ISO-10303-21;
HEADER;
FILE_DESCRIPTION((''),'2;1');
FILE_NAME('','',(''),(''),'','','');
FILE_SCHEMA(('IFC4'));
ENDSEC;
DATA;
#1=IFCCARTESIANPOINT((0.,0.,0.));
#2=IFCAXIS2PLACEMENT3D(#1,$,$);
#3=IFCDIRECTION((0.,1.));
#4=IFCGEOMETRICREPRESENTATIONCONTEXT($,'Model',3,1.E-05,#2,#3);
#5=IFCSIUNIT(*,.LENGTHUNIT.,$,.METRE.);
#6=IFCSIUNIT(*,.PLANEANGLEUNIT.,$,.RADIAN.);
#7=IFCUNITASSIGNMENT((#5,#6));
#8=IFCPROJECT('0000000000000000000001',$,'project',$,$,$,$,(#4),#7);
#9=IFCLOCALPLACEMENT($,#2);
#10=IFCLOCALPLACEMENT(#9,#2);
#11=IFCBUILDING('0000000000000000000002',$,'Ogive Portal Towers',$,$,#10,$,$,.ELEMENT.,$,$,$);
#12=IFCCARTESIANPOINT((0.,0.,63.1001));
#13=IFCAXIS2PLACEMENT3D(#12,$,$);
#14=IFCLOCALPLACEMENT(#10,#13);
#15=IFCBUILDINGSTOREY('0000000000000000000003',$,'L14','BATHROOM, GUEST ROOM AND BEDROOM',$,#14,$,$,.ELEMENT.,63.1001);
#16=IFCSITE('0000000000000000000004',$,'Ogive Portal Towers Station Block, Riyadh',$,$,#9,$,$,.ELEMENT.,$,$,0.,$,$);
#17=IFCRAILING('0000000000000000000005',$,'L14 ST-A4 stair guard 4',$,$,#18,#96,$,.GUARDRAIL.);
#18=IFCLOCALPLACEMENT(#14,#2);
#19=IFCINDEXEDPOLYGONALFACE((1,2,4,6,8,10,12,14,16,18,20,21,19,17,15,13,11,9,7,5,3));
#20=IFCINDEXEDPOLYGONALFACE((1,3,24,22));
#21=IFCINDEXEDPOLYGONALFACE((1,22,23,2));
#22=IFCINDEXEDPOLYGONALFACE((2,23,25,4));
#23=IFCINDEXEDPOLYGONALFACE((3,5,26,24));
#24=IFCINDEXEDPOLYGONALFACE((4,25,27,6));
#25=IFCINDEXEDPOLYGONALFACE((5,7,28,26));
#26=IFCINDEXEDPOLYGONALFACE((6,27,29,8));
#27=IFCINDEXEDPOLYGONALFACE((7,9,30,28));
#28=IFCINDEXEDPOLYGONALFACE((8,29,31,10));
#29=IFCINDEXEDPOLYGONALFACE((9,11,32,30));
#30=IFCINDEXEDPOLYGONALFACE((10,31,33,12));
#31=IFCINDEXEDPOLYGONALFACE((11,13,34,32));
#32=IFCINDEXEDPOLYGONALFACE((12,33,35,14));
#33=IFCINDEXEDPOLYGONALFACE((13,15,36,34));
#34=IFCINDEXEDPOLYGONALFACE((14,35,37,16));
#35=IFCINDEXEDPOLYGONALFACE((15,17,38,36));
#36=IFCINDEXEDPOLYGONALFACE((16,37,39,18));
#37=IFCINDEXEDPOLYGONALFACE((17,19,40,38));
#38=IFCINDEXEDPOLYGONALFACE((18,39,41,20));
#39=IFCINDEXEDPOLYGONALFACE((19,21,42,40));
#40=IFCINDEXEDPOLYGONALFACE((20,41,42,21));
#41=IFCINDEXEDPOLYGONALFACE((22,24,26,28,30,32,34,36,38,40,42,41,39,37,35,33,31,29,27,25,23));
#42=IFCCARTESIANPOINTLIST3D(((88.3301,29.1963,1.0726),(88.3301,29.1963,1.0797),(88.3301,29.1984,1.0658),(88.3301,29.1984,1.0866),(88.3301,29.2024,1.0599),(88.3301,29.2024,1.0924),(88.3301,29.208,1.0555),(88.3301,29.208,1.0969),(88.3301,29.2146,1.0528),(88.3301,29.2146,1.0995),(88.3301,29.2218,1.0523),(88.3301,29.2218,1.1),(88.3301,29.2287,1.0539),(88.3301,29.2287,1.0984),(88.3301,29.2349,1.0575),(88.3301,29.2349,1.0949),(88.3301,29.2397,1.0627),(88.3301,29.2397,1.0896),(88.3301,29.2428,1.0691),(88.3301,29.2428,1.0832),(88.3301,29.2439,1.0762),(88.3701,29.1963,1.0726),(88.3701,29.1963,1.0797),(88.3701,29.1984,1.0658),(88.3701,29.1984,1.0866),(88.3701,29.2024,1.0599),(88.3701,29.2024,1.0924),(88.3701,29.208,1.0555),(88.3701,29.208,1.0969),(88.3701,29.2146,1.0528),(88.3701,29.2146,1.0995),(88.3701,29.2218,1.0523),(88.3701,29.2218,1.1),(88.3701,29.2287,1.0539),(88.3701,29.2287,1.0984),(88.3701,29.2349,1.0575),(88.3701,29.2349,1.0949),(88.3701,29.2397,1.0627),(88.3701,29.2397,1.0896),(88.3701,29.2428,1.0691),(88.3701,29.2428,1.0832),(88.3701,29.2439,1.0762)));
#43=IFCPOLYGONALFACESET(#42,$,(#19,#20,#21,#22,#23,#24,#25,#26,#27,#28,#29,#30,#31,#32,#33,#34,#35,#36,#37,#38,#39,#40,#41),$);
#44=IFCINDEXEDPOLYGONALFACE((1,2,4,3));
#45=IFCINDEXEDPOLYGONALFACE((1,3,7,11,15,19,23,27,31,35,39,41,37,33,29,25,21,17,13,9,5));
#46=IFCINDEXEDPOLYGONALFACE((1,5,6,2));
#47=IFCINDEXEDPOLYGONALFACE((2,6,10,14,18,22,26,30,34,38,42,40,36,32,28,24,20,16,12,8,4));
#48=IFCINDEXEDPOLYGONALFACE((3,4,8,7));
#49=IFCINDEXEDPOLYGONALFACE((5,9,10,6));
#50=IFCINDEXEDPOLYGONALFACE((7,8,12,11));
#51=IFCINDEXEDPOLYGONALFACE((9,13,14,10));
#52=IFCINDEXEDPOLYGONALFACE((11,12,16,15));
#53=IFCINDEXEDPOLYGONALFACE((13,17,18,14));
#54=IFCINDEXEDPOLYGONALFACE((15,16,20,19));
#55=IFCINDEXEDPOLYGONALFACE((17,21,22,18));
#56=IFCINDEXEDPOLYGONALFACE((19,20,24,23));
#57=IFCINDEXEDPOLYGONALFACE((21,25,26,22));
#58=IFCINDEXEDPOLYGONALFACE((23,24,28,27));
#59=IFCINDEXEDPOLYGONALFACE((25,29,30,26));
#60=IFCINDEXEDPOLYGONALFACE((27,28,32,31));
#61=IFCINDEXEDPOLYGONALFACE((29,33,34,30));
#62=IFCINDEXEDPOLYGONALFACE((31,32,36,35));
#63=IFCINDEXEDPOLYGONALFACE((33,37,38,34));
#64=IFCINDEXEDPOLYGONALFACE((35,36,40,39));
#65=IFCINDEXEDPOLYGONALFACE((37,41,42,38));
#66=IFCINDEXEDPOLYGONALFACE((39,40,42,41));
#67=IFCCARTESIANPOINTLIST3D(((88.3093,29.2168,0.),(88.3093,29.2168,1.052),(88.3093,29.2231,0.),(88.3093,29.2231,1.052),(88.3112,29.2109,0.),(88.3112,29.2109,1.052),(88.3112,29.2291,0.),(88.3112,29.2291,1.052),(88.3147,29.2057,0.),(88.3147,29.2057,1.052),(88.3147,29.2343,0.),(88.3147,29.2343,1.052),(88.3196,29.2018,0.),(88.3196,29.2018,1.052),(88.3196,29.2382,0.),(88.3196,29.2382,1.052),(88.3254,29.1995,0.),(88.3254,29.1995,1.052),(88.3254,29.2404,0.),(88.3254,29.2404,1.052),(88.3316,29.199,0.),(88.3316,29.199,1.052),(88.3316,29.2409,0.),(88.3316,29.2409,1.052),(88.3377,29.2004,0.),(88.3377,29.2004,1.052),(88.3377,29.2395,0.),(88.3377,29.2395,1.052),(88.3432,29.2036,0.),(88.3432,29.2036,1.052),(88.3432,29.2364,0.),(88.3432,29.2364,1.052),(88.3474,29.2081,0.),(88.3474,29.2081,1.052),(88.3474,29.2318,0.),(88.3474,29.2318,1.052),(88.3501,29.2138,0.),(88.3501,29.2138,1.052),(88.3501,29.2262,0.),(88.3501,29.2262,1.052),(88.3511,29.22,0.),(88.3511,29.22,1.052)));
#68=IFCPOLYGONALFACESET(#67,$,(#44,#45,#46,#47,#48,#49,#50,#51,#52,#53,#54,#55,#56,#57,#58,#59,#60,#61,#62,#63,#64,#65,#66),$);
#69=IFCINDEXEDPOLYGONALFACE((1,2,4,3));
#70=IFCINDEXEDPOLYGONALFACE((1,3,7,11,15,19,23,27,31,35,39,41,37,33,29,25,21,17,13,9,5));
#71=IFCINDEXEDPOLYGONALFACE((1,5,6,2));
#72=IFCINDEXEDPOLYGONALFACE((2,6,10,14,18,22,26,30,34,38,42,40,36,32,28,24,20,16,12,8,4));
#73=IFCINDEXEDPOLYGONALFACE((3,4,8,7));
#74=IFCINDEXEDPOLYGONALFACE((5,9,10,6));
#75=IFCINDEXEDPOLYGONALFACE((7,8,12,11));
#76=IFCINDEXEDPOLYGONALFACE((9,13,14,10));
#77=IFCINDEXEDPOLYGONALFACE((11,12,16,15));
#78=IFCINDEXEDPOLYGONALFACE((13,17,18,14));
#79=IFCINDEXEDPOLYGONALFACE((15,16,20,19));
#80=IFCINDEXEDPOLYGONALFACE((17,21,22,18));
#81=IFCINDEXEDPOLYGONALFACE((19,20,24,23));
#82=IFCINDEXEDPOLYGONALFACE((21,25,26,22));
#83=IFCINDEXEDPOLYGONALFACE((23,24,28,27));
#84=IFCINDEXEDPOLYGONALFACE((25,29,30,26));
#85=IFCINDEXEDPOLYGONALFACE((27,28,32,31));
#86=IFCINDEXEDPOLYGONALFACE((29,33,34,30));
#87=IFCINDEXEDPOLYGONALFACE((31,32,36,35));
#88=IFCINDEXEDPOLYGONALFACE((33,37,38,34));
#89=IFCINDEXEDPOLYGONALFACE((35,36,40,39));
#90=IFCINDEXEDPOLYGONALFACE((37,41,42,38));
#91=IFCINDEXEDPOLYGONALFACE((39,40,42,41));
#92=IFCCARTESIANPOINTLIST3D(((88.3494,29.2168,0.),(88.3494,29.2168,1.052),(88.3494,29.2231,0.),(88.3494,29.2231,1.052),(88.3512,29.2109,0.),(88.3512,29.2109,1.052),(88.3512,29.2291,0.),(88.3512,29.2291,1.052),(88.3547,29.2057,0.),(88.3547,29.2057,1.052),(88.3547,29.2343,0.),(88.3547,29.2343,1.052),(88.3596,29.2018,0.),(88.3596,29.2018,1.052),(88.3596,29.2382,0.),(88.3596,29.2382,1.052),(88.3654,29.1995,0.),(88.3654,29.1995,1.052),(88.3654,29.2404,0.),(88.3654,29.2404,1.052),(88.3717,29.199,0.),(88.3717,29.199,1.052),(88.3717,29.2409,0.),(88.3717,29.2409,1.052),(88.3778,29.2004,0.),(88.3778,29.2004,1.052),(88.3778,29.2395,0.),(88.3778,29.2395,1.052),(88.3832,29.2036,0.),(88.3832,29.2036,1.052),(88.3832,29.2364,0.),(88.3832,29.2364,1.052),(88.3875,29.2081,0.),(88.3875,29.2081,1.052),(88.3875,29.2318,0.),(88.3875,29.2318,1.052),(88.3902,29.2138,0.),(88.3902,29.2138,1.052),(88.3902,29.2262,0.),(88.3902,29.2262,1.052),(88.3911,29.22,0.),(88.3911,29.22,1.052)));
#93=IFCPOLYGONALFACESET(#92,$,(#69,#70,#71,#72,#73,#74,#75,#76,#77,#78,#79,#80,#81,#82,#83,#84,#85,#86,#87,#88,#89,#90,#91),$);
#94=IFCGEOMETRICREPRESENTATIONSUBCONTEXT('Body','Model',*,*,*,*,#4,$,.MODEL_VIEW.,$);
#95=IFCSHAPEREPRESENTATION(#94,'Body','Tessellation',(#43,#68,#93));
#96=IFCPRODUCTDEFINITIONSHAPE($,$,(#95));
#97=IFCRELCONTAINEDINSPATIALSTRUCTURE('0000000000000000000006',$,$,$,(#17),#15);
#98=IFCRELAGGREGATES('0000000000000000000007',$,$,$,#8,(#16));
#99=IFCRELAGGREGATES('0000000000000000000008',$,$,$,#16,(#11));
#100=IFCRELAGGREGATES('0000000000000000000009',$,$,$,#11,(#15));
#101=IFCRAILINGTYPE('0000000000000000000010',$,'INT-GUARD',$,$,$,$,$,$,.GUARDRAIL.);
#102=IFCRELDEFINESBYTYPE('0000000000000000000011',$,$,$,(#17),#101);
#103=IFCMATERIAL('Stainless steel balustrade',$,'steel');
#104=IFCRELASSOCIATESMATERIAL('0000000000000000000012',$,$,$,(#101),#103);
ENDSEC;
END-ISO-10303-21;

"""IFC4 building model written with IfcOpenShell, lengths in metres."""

from ifc_helpers import new_model, si_unit, direction, frame, origin, origin_2d, place, context, subcontext, project, spatial, circle, extrude, material, type_object, element, save


model = new_model("IFC4")

# Units and contexts
model_context = context("Model", 3, precision=1e-05, world=origin(), true_north=direction((0.0, 1.0)))
body_context = subcontext(model_context, "Body", "Model", "MODEL_VIEW")
ifc_project = project(units=[si_unit("LENGTHUNIT", "METRE"), si_unit("PLANEANGLEUNIT", "RADIAN")], contexts=[model_context])

# Site, building, storey
site_placement = place(None, origin())
site = spatial("IfcSite", under=ifc_project, at=site_placement, Name="Ogive Portal Towers Station Block, Riyadh", CompositionType="ELEMENT", RefElevation=0.0)
building_placement = place(site_placement, origin())
building = spatial("IfcBuilding", under=site, at=building_placement, Name="Ogive Portal Towers", CompositionType="ELEMENT")
storey_placement = place(building_placement, frame((0.0, 0.0, 63.1001)))
storey = spatial("IfcBuildingStorey", under=building, at=storey_placement, Name="L14", Description="BATHROOM, GUEST ROOM AND BEDROOM", CompositionType="ELEMENT", Elevation=63.1001)

# Railing
ifc_material_1 = material(Name="Stainless steel balustrade", Category="steel")
railing_type_1 = type_object("IfcRailingType", Name="INT-GUARD", PredefinedType="GUARDRAIL", material=ifc_material_1)
railing_1_placement = place(storey_placement, frame((88.3301, 29.22, 0.0)))
element("IfcRailing", 1, at=railing_1_placement, inside=storey, type_object=railing_type_1, Name="L14 ST-A4 stair guard 4", PredefinedType="GUARDRAIL", context=body_context, shape_type="SweptSolid", body=[
    extrude(circle(Radius=0.0239, at=origin_2d()), frame((0.0, 0.0, 1.0762), z_axis=(1.0, 0.0, 0.0), x_axis=(0.0, 1.0, 0.0)), (0.0, 0.0, 1.0), 0.04),
    extrude(circle(Radius=0.021, at=origin_2d()), origin(), (0.0, 0.0, 1.0), 1.052),
    extrude(circle(Radius=0.021, at=origin_2d()), frame((0.04, 0.0, 0.0)), (0.0, 0.0, 1.0), 1.052),
])

save(model, "model.ifc")
